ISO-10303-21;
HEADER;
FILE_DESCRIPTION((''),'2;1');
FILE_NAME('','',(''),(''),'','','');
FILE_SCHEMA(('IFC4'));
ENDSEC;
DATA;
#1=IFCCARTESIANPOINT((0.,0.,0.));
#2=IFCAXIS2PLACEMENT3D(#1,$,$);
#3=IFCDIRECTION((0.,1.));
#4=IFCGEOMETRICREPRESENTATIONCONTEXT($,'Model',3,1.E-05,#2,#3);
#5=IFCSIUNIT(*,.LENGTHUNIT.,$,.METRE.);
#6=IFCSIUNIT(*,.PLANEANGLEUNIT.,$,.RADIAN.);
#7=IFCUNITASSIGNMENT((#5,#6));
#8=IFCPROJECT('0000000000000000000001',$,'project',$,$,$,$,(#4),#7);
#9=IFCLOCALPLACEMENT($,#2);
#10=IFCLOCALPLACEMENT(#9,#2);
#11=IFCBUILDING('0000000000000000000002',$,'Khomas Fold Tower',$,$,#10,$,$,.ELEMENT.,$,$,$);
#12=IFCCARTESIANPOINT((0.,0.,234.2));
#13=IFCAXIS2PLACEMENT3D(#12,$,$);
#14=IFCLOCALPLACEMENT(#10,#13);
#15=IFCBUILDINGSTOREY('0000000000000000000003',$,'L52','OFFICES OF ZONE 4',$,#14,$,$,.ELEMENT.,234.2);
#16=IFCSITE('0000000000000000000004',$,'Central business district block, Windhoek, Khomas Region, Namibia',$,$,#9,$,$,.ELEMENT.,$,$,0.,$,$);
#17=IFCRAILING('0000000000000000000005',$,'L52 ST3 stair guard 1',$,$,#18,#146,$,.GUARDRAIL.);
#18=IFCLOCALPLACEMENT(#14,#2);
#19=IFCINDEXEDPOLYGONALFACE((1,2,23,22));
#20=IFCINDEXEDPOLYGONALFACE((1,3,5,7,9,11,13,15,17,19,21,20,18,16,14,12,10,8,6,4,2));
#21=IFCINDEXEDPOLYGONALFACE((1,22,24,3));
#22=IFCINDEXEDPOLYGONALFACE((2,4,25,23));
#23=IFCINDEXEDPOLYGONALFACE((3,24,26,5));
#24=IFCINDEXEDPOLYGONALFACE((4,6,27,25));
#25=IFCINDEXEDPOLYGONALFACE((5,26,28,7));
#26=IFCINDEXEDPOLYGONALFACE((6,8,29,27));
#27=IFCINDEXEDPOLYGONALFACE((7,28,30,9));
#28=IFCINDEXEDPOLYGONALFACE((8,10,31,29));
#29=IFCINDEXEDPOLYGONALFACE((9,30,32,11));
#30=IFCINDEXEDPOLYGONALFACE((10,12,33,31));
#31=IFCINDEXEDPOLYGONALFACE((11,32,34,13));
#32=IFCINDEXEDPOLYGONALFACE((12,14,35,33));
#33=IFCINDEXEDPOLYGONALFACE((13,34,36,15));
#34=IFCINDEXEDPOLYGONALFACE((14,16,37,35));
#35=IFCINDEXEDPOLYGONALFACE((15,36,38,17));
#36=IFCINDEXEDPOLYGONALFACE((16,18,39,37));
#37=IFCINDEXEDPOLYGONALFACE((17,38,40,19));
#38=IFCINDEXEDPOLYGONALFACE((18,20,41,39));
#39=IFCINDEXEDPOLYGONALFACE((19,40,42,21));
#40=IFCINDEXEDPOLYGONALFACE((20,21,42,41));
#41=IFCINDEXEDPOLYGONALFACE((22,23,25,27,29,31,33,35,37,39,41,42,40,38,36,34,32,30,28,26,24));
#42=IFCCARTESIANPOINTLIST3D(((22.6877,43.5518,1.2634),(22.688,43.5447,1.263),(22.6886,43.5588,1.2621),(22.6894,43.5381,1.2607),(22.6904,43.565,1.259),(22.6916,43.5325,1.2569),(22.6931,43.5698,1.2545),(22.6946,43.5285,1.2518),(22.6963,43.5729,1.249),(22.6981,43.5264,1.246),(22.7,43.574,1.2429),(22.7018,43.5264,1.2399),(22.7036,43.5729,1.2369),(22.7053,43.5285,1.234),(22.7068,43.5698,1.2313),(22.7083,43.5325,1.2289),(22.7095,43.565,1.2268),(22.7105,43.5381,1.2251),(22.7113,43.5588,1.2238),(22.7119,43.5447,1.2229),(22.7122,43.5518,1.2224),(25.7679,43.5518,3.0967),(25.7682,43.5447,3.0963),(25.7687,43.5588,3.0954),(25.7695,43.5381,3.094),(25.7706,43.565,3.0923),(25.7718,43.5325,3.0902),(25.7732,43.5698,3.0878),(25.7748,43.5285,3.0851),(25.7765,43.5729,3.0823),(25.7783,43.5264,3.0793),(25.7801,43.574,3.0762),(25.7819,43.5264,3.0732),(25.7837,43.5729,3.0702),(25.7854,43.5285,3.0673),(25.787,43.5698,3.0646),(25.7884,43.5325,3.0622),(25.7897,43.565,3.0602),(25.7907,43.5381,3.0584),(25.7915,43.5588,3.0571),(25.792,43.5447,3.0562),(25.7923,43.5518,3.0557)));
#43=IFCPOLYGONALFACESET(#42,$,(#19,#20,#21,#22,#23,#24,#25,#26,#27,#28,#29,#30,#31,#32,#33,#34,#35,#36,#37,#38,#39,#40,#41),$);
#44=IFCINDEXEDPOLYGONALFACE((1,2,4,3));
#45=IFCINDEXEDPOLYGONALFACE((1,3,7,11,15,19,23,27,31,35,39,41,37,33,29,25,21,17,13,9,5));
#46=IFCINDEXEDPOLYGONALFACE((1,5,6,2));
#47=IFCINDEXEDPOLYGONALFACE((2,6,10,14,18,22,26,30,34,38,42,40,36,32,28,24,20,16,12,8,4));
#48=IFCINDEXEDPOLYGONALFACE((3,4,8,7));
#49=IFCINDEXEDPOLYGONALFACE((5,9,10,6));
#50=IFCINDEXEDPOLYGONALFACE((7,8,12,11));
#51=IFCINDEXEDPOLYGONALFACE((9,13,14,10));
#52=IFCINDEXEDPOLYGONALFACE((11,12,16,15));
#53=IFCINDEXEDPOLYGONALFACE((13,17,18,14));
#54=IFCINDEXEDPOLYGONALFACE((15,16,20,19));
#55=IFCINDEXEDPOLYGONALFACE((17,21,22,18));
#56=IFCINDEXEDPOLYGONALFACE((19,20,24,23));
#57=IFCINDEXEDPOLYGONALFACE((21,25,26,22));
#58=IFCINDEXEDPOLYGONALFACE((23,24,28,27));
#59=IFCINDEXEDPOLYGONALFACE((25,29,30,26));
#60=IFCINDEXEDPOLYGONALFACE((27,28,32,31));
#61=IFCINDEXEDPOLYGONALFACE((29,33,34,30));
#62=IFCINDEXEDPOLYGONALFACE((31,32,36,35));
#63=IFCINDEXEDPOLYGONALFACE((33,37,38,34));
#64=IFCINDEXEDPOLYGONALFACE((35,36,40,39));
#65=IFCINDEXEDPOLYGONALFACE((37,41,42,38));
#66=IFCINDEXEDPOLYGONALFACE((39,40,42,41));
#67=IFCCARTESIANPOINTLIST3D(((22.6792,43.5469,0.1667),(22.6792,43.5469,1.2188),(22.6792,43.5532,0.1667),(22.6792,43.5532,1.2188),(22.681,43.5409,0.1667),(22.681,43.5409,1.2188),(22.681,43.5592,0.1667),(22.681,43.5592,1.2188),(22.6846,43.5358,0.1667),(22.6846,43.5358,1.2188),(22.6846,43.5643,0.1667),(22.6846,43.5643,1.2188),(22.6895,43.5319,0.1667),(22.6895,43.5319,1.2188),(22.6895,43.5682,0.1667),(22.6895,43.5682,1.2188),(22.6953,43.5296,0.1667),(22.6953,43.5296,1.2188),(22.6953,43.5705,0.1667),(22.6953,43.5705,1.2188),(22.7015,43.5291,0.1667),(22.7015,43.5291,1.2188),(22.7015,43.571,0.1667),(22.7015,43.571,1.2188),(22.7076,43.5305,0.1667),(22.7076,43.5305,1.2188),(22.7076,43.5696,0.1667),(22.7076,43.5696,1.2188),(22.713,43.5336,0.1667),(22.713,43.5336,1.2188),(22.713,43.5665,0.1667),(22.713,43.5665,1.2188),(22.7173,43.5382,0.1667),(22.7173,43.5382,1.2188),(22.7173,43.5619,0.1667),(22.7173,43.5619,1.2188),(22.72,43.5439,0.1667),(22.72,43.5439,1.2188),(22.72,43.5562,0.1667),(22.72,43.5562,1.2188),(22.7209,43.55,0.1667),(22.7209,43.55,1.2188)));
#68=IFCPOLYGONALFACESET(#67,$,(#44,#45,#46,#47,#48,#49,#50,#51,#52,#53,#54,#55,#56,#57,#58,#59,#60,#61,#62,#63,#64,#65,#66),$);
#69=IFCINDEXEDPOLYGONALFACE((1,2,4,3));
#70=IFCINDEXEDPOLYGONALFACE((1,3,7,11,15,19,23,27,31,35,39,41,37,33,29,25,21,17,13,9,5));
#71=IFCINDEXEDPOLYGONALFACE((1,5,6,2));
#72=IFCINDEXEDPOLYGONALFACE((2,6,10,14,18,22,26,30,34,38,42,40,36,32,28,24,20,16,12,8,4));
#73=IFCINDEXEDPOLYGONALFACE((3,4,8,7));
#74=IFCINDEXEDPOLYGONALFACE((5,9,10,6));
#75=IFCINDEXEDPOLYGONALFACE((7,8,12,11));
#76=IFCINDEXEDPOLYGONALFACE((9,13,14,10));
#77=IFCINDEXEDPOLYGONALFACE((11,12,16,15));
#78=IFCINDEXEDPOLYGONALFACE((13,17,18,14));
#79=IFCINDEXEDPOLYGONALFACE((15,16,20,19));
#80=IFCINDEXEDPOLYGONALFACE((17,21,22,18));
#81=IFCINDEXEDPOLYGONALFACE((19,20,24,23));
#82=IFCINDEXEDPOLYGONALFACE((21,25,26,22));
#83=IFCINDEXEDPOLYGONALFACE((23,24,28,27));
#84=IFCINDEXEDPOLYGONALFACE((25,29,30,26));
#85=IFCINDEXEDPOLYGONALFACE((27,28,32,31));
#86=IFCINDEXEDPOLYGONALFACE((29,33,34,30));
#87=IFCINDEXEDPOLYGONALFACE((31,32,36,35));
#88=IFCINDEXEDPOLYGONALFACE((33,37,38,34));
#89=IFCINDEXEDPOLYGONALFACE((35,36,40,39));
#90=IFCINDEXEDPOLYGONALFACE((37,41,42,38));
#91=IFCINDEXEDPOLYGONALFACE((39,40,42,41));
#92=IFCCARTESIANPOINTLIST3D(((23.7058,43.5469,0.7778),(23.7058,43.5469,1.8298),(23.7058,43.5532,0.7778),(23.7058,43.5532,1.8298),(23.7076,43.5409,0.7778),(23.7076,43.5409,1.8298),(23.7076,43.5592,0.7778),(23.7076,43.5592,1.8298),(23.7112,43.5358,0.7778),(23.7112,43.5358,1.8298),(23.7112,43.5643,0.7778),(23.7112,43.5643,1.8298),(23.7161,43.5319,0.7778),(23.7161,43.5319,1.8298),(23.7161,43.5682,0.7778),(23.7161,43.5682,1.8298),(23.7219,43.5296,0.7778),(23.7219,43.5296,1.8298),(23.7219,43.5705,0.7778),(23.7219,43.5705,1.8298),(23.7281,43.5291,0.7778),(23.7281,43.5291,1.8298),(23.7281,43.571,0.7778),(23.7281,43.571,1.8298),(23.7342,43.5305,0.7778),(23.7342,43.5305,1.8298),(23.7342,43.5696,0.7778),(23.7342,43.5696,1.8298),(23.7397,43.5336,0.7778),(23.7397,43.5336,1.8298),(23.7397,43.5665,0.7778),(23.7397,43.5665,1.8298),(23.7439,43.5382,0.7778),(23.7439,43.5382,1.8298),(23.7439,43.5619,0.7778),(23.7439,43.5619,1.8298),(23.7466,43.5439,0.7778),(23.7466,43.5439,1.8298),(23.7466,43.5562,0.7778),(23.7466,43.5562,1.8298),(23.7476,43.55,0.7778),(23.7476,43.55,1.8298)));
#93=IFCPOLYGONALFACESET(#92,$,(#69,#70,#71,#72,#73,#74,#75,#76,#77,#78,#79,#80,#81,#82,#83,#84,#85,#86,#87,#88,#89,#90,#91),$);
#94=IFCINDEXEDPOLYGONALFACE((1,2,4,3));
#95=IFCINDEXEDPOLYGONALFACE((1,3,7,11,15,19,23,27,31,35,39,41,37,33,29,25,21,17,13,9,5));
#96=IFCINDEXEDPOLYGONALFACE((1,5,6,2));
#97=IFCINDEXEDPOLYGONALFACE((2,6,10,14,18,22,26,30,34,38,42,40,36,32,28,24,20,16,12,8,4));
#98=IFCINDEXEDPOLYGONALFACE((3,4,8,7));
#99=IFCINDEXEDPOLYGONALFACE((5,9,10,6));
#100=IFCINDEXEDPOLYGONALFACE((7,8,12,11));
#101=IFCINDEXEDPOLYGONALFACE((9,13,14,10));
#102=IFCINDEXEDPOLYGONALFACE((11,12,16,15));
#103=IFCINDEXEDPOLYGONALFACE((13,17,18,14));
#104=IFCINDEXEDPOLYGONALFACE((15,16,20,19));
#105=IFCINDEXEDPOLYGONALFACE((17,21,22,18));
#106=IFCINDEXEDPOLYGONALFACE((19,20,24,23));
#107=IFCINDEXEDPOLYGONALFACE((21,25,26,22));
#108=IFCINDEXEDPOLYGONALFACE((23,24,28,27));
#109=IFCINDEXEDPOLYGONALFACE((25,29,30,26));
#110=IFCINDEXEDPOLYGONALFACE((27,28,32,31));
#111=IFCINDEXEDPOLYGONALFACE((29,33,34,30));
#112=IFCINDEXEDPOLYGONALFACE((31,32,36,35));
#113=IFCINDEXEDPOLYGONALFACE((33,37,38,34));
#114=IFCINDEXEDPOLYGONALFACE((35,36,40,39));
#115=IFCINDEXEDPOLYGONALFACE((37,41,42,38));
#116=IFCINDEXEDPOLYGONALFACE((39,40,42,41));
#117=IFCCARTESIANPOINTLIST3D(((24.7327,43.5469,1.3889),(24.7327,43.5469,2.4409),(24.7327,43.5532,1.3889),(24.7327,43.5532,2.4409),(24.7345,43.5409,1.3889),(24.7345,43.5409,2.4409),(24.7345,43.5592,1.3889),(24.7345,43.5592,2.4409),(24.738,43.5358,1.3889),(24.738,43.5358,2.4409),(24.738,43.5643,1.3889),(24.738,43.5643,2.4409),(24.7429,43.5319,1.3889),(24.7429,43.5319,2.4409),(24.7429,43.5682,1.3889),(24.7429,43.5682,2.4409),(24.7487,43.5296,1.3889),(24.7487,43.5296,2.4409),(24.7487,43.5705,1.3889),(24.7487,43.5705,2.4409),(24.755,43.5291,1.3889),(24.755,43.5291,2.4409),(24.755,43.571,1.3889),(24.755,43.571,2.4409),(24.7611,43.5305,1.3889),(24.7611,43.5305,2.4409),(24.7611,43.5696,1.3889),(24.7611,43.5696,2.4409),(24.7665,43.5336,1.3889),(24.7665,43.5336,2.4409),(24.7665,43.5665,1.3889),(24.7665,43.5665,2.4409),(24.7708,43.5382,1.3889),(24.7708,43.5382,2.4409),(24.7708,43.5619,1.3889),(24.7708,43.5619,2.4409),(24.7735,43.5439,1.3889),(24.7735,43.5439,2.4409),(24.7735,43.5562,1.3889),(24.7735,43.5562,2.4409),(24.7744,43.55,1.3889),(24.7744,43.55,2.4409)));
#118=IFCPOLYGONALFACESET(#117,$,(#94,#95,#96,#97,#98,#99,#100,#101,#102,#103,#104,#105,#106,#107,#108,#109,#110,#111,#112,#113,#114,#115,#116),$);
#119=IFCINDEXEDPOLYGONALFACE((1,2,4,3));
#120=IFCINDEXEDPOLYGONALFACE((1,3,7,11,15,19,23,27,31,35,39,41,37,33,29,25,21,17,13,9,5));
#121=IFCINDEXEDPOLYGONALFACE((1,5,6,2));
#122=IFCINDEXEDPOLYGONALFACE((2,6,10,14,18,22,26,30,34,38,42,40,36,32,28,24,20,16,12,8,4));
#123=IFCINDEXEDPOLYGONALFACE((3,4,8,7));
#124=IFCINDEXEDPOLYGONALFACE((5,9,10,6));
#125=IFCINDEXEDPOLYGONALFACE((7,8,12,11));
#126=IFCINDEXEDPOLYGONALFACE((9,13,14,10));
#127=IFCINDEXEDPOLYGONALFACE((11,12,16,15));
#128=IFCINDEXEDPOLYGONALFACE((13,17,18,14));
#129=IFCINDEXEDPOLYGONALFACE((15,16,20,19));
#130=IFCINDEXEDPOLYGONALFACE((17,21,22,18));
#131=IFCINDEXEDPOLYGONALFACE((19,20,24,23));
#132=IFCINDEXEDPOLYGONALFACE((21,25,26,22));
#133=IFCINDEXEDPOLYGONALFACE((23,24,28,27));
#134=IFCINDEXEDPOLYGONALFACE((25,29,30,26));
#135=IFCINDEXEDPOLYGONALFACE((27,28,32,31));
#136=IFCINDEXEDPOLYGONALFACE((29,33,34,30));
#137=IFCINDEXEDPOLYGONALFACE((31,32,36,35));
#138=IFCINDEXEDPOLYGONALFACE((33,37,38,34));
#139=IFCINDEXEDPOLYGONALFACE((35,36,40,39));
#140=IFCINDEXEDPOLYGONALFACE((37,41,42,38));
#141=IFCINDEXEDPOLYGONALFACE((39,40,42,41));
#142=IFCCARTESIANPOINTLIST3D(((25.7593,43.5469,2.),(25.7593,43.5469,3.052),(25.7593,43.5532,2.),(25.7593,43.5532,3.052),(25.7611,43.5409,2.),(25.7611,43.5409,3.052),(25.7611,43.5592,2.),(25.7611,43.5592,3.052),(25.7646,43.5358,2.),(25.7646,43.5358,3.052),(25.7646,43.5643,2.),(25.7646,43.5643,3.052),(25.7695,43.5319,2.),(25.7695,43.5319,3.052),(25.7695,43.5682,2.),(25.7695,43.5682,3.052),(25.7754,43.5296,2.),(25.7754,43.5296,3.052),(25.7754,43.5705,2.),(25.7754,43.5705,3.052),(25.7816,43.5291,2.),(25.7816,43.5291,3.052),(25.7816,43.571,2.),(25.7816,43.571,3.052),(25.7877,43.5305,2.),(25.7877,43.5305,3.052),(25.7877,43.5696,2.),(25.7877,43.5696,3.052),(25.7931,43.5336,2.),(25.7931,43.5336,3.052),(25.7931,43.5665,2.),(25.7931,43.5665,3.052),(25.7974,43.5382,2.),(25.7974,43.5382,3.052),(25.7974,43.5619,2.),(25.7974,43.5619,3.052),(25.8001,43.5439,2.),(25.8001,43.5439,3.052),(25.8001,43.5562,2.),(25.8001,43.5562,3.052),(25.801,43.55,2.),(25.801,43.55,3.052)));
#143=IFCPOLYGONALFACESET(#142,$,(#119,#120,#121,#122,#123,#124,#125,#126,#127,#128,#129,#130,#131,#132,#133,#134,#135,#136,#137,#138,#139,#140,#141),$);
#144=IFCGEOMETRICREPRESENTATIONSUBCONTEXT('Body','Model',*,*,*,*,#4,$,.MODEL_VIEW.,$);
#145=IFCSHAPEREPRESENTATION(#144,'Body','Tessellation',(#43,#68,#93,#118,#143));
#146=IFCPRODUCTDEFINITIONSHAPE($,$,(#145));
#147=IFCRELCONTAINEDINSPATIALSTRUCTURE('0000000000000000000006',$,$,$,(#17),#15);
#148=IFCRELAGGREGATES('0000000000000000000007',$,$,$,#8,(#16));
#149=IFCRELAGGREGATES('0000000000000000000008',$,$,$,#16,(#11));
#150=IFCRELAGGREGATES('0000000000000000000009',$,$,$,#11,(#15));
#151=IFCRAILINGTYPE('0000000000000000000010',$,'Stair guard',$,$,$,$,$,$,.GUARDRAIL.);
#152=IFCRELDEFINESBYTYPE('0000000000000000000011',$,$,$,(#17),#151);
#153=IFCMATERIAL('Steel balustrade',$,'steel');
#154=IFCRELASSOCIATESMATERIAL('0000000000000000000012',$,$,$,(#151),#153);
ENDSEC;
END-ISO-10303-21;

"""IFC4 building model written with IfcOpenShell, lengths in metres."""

from ifc_helpers import new_model, si_unit, direction, frame, origin, origin_2d, place, context, subcontext, project, spatial, circle, extrude, source, transform, mapped, material, type_object, element, save


model = new_model("IFC4")

# Units and contexts
model_context = context("Model", 3, precision=1e-05, world=origin(), true_north=direction((0.0, 1.0)))
body_context = subcontext(model_context, "Body", "Model", "MODEL_VIEW")
ifc_project = project(units=[si_unit("LENGTHUNIT", "METRE"), si_unit("PLANEANGLEUNIT", "RADIAN")], contexts=[model_context])

# Site, building, storey
site_placement = place(None, origin())
site = spatial("IfcSite", under=ifc_project, at=site_placement, Name="Central business district block, Windhoek, Khomas Region, Namibia", CompositionType="ELEMENT", RefElevation=0.0)
building_placement = place(site_placement, origin())
building = spatial("IfcBuilding", under=site, at=building_placement, Name="Khomas Fold Tower", CompositionType="ELEMENT")
storey_placement = place(building_placement, frame((0.0, 0.0, 234.2)))
storey = spatial("IfcBuildingStorey", under=building, at=storey_placement, Name="L52", Description="OFFICES OF ZONE 4", CompositionType="ELEMENT", Elevation=234.2)

# Railing
ifc_material_1 = material(Name="Steel balustrade", Category="steel")
railing_type_1 = type_object("IfcRailingType", Name="Stair guard", PredefinedType="GUARDRAIL", material=ifc_material_1)
shared_shape_1 = source(origin(), body_context, "Body", "SweptSolid", [
    extrude(circle(Radius=0.0239, at=origin_2d()), frame((0.0, 0.0, 1.0762), z_axis=(0.859309, 0.0, 0.511458), x_axis=(0.0, 1.0, 0.0)), (0.0, 0.0, 1.0), 3.5845),
    extrude(circle(Radius=0.021, at=origin_2d()), origin(), (0.0, 0.0, 1.0), 1.052),
    extrude(circle(Radius=0.021, at=origin_2d()), frame((1.0266, 0.0, 0.6111)), (0.0, 0.0, 1.0), 1.052),
    extrude(circle(Radius=0.021, at=origin_2d()), frame((2.0535, 0.0, 1.2222)), (0.0, 0.0, 1.0), 1.052),
    extrude(circle(Radius=0.021, at=origin_2d()), frame((3.0801, 0.0, 1.8333)), (0.0, 0.0, 1.0), 1.052),
])
railing_1_placement = place(storey_placement, frame((22.7, 43.55, 0.1667)))
element("IfcRailing", 1, at=railing_1_placement, inside=storey, type_object=railing_type_1, Name="L52 ST3 stair guard 1", PredefinedType="GUARDRAIL", context=body_context, shape_type="MappedRepresentation", body=[
    mapped(shared_shape_1, transform((0.0, 0.0, 0.0))),
])

save(model, "model.ifc")
